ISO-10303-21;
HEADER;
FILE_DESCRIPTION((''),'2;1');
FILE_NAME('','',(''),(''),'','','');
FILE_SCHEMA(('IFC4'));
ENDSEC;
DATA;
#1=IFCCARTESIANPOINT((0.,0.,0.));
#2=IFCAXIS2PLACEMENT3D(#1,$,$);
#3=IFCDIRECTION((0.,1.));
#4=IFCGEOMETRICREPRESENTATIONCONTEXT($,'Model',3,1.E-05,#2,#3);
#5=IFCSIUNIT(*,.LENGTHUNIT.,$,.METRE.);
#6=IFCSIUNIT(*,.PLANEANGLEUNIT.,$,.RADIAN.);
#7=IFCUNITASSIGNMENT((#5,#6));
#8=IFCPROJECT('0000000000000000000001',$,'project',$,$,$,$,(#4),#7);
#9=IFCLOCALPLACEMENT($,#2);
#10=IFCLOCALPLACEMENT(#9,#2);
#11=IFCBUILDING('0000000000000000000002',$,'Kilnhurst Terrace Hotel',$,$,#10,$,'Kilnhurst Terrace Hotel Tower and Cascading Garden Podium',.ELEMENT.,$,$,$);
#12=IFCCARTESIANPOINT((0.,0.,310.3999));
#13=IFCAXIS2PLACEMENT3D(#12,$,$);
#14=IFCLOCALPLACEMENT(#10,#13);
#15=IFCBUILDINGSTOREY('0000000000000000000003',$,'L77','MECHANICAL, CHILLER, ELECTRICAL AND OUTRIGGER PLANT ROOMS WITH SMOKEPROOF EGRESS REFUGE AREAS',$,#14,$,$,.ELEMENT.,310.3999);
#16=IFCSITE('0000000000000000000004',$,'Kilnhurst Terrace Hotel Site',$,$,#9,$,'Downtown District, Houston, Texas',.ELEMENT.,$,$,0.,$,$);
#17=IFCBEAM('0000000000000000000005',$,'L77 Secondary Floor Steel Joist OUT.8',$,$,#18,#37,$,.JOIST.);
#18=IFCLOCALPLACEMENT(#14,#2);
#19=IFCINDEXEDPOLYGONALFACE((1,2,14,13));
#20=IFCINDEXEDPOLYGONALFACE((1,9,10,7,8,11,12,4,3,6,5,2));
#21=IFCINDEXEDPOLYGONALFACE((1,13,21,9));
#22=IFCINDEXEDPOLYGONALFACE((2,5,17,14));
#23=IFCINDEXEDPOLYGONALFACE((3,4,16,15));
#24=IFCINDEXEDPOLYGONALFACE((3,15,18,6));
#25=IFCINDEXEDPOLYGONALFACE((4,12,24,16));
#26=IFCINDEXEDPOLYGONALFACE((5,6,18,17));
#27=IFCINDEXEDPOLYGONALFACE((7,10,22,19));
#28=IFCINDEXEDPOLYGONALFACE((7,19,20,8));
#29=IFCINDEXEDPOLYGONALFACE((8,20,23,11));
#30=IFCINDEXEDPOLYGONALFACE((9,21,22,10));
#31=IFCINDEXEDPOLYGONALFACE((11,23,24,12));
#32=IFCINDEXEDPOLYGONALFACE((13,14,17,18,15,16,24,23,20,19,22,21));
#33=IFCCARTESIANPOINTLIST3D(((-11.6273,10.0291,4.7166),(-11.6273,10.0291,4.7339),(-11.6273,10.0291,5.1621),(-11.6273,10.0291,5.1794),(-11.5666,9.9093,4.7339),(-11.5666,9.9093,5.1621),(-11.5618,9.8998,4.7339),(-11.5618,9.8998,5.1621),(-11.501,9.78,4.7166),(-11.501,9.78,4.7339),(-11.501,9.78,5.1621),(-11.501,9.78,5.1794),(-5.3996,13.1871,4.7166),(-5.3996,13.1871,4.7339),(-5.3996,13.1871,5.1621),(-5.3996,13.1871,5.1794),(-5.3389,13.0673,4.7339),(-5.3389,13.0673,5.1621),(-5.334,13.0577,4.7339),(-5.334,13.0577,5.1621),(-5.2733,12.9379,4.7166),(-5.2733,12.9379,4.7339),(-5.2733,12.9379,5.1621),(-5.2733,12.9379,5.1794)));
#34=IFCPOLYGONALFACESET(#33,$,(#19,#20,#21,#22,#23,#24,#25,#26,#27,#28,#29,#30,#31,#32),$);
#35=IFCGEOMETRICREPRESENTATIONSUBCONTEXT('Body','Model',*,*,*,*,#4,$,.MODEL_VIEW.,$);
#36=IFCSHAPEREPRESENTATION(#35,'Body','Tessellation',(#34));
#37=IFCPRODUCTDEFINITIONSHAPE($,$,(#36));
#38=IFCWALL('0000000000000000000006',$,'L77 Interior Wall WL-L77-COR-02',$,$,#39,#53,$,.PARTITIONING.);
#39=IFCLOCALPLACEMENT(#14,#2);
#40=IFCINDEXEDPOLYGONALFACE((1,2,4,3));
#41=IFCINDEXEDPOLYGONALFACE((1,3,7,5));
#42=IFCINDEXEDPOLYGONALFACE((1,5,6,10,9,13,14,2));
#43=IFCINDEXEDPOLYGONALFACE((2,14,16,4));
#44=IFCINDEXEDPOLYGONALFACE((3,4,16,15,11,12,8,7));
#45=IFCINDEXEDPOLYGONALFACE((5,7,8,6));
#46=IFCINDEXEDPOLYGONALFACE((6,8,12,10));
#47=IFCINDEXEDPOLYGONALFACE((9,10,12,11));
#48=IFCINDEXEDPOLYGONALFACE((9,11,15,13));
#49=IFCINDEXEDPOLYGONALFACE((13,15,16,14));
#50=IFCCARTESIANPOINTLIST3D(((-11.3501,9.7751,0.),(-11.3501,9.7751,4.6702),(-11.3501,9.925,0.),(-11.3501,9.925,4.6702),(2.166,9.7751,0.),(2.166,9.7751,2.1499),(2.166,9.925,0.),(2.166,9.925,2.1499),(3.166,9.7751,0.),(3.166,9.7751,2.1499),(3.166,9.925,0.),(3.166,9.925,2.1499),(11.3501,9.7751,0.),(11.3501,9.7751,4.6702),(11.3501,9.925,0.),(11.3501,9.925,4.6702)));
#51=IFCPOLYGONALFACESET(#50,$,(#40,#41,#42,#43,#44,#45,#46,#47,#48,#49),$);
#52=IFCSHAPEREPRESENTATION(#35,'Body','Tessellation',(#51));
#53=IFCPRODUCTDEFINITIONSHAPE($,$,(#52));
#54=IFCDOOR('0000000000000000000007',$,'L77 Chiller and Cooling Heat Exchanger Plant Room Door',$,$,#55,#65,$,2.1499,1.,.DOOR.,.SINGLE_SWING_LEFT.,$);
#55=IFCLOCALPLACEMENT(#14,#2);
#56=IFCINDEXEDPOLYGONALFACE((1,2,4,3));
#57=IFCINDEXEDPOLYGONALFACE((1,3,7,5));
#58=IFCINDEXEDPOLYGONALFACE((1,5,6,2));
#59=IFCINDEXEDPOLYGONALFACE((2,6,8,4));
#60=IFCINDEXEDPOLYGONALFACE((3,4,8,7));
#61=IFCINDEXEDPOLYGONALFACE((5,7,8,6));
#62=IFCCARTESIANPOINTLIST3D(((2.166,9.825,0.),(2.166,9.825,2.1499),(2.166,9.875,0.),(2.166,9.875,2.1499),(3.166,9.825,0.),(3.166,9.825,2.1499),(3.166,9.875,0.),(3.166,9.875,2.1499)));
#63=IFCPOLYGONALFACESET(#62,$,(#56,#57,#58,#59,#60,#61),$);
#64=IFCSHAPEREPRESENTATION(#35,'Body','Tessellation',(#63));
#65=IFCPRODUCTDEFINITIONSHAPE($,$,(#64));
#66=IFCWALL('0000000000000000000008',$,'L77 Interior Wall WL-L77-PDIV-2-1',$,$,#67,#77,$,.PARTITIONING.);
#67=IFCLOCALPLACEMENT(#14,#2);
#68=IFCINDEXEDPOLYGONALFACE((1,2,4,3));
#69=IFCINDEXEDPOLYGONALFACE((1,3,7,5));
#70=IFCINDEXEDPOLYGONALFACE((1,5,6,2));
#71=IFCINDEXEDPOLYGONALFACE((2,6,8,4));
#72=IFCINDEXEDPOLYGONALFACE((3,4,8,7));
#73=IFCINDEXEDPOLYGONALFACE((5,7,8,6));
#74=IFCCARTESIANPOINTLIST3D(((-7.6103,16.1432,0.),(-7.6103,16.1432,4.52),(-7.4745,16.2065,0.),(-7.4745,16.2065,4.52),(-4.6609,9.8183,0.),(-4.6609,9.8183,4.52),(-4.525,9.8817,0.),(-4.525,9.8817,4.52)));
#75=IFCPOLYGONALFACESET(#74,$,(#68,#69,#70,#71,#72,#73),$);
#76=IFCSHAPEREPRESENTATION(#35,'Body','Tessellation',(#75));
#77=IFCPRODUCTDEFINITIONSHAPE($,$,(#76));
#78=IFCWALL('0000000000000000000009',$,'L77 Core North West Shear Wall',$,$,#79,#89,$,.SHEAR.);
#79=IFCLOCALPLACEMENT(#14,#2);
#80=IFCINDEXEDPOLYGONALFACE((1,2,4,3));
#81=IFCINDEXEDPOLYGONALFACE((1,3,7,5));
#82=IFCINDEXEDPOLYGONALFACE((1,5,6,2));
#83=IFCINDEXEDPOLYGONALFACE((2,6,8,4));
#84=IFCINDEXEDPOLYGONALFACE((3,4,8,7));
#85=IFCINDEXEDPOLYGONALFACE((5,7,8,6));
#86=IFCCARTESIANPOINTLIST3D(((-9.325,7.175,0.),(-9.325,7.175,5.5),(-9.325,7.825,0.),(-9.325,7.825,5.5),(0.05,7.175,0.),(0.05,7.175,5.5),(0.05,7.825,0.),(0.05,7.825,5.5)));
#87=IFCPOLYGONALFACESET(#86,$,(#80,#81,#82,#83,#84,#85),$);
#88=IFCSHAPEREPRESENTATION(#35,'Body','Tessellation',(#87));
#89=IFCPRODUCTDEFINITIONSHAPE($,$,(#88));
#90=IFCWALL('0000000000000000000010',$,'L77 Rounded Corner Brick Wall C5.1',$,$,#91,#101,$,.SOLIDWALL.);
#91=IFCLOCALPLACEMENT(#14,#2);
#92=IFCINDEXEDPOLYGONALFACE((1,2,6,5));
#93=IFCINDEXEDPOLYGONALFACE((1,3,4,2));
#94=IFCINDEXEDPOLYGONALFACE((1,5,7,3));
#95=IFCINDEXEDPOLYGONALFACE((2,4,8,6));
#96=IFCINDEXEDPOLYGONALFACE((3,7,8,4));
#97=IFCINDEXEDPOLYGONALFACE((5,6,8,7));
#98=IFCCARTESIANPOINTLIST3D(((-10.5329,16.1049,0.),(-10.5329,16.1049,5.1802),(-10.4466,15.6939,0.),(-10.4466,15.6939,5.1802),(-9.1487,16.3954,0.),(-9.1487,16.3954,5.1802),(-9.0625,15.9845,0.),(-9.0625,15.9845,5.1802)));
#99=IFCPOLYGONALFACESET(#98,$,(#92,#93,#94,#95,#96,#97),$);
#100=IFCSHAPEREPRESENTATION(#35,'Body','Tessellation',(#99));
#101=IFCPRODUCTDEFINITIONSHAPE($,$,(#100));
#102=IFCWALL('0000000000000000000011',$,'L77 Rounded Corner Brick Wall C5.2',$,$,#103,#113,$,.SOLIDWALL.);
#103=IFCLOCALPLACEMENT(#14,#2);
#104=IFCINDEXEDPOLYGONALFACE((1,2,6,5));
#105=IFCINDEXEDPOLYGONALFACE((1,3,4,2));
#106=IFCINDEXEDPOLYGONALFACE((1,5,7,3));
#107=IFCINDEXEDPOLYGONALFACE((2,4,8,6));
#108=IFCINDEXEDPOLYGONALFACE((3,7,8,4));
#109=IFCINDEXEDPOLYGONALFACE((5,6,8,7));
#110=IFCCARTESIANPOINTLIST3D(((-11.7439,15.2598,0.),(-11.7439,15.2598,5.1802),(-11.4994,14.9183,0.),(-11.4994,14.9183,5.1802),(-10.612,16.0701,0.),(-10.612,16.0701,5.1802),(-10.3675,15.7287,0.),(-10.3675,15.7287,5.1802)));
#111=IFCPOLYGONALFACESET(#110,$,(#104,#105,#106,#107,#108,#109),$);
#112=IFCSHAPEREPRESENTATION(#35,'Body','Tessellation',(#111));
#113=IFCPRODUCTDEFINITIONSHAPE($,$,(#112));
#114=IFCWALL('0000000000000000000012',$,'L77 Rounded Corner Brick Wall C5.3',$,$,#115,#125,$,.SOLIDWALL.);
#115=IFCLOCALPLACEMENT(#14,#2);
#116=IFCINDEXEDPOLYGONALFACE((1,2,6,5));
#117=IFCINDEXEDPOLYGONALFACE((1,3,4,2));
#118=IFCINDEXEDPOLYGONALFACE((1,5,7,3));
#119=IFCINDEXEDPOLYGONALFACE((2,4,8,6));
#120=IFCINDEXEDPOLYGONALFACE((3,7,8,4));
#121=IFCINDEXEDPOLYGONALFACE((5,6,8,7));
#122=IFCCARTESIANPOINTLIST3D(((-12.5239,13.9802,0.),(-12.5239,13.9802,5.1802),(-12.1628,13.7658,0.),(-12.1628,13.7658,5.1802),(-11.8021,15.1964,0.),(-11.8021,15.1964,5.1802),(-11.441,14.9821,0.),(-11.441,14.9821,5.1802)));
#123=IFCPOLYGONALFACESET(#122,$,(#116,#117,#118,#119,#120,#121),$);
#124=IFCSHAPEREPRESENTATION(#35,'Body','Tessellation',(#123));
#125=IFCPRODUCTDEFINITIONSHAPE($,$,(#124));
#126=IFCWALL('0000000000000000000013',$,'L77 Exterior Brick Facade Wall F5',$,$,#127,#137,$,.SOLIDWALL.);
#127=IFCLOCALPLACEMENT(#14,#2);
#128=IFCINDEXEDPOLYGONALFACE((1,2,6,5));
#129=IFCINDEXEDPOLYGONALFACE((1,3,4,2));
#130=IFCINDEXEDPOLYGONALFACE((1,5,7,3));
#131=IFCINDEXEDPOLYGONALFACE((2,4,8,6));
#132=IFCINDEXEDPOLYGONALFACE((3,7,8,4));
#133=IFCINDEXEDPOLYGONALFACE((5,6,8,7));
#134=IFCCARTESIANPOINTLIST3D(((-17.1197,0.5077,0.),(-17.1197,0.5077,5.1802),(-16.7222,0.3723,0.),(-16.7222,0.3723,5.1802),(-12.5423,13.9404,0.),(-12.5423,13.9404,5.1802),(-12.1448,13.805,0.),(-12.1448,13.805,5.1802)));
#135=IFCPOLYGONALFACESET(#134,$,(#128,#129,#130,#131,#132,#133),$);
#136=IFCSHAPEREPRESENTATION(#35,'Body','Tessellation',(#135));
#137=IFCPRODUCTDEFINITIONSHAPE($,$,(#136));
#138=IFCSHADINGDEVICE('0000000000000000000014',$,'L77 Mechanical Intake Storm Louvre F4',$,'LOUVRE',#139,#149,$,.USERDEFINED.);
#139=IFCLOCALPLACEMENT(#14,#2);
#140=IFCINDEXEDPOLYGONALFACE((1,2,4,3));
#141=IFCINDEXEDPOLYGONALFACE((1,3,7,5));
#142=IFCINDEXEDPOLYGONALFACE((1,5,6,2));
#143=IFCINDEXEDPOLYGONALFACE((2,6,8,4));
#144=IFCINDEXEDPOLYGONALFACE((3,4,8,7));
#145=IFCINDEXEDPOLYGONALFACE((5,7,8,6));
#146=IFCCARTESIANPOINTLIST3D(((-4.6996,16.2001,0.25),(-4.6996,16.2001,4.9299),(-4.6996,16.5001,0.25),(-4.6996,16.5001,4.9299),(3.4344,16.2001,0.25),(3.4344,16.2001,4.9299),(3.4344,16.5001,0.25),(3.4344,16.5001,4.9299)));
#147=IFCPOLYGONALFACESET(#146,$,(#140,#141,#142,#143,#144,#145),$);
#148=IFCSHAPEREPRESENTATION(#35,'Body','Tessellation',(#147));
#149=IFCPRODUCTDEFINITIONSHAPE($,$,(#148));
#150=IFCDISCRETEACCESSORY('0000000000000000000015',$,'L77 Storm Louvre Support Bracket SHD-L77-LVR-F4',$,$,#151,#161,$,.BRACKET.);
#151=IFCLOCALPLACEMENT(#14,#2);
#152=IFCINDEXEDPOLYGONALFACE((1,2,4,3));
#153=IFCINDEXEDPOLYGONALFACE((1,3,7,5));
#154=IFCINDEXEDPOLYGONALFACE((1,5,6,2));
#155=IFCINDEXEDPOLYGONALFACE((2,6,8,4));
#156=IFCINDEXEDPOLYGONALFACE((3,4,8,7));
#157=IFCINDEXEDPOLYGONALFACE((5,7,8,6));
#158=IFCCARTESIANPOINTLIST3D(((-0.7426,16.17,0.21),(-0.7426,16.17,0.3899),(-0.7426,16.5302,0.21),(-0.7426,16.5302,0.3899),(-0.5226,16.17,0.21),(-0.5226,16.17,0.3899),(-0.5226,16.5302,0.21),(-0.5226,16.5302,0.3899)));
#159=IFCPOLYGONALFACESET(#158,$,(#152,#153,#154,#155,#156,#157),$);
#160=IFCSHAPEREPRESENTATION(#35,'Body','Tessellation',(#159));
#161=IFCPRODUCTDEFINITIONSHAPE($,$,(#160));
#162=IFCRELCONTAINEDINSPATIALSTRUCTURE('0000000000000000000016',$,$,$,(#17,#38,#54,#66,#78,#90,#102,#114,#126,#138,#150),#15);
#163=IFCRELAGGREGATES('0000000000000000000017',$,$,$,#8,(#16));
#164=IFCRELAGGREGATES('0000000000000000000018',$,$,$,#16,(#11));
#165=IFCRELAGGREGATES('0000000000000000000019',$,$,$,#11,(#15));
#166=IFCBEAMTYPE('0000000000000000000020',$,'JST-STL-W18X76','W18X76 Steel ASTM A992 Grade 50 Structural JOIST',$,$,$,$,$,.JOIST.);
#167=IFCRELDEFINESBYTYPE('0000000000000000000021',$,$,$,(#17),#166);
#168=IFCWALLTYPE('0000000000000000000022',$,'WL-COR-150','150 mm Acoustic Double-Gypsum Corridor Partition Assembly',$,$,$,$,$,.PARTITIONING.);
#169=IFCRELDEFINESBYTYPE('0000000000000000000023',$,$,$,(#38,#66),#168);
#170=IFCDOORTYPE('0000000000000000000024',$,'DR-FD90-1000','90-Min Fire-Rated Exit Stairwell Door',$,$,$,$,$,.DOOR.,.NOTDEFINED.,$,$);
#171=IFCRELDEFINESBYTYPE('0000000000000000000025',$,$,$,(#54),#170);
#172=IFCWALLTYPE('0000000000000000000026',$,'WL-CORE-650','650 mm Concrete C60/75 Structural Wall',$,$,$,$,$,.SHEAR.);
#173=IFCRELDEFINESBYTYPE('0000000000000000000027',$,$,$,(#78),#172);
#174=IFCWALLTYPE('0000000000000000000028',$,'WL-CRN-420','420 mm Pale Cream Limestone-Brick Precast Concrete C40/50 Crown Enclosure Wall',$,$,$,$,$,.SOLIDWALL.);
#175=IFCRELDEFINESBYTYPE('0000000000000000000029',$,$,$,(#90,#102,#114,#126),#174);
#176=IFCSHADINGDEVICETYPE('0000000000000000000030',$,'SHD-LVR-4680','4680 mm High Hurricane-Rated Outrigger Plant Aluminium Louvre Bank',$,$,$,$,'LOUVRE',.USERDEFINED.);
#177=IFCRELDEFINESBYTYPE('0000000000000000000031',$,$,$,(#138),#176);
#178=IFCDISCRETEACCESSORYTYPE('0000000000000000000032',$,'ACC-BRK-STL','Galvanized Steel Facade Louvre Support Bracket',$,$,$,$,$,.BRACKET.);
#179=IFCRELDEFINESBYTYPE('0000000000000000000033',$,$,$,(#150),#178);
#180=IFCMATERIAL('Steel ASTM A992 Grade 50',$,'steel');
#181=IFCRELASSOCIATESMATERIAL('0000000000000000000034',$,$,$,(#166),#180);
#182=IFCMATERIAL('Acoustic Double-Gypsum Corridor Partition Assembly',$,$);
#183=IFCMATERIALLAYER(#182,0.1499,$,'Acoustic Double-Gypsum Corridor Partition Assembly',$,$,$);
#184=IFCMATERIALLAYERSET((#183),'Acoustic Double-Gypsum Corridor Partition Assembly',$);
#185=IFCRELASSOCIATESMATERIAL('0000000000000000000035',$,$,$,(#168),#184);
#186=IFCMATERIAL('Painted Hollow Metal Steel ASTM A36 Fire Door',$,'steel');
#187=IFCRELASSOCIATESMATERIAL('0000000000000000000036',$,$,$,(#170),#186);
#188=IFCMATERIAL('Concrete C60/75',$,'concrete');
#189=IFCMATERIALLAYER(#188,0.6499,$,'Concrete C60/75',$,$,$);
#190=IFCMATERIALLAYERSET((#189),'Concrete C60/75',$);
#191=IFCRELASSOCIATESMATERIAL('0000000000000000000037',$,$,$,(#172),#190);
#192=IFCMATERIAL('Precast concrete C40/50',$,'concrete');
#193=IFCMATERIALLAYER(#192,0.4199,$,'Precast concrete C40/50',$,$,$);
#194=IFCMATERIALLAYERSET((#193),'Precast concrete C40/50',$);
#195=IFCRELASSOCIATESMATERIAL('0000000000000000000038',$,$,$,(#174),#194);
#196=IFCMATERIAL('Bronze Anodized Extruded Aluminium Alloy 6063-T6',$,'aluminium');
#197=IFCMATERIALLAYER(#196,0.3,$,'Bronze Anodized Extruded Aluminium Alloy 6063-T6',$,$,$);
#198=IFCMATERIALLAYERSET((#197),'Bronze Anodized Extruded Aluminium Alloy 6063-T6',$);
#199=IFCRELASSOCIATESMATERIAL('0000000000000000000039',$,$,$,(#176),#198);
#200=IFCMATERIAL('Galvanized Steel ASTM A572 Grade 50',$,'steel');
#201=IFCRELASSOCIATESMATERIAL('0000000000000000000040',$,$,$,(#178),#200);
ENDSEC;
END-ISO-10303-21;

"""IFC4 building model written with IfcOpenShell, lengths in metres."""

from ifc_helpers import new_model, si_unit, direction, frame, frame_2d, origin, origin_2d, place, context, subcontext, project, spatial, rectangle, i_section, extrude, material, layer, layer_set, material_profile, profile_set, type_object, element, fill, save


model = new_model("IFC4")

# Units and contexts
model_context = context("Model", 3, precision=1e-05, world=origin(), true_north=direction((0.0, 1.0)))
body_context = subcontext(model_context, "Body", "Model", "MODEL_VIEW")
ifc_project = project(units=[si_unit("LENGTHUNIT", "METRE"), si_unit("PLANEANGLEUNIT", "RADIAN")], contexts=[model_context])

# Site, building, storey
site_placement = place(None, origin())
site = spatial("IfcSite", under=ifc_project, at=site_placement, Name="Kilnhurst Terrace Hotel Site", LongName="Downtown District, Houston, Texas", CompositionType="ELEMENT", RefElevation=0.0)
building_placement = place(site_placement, origin())
building = spatial("IfcBuilding", under=site, at=building_placement, Name="Kilnhurst Terrace Hotel", LongName="Kilnhurst Terrace Hotel Tower and Cascading Garden Podium", CompositionType="ELEMENT")
storey_placement = place(building_placement, frame((0.0, 0.0, 310.3999)))
storey = spatial("IfcBuildingStorey", under=building, at=storey_placement, Name="L77", Description="MECHANICAL, CHILLER, ELECTRICAL AND OUTRIGGER PLANT ROOMS WITH SMOKEPROOF EGRESS REFUGE AREAS", CompositionType="ELEMENT", Elevation=310.3999)

# Shared definitions
ifc_material_1 = material(Name="Concrete C60/75", Category="concrete")

# Beam
ifc_material_2 = material(Name="Steel ASTM A992 Grade 50", Category="steel")
ifc_material_profile_1 = material_profile(ifc_material_2, i_section(OverallWidth=0.2793, OverallDepth=0.4629, WebThickness=0.0107, FlangeThickness=0.0173, at=origin_2d()), Name="W18X76")
ifc_profile_set_1 = profile_set([ifc_material_profile_1], Name="Steel ASTM A992 Grade 50")
beam_type_1 = type_object("IfcBeamType", Name="JST-STL-W18X76", Description="W18X76 Steel ASTM A992 Grade 50 Structural JOIST", PredefinedType="JOIST", material=ifc_profile_set_1)
beam_1_placement = place(storey_placement, frame((-5.3364, 13.0625, 4.948), z_axis=(-0.891889, -0.452255, 0.0), x_axis=(0.452255, -0.891889, 0.0)))
element("IfcBeam", 1, at=beam_1_placement, inside=storey, type_object=beam_type_1, Name="L77 Secondary Floor Steel Joist OUT.8", PredefinedType="JOIST", context=body_context, shape_type="SweptSolid", body=[
    extrude(i_section(OverallWidth=0.2793, OverallDepth=0.4629, WebThickness=0.0107, FlangeThickness=0.0173, at=origin_2d()), origin(), (0.0, 0.0, 1.0), 6.9827),
])

# Wall, opening, door
ifc_material_3 = material(Name="Acoustic Double-Gypsum Corridor Partition Assembly")
ifc_layer_1 = layer(ifc_material_3, 0.1499, Name="Acoustic Double-Gypsum Corridor Partition Assembly")
ifc_layer_set_1 = layer_set([ifc_layer_1], Name="Acoustic Double-Gypsum Corridor Partition Assembly")
wall_type_1 = type_object("IfcWallType", Name="WL-COR-150", Description="150 mm Acoustic Double-Gypsum Corridor Partition Assembly", PredefinedType="PARTITIONING", material=ifc_layer_set_1)
wall_1_placement = place(storey_placement, frame((-11.3501, 9.8501, 0.0), z_axis=(0.0, 0.0, 1.0), x_axis=(1.0, 0.0, 0.0)))
wall_1 = element("IfcWall", 2, at=wall_1_placement, inside=storey, type_object=wall_type_1, Name="L77 Interior Wall WL-L77-COR-02", PredefinedType="PARTITIONING", context=body_context, shape_type="SweptSolid", body=[
    extrude(rectangle(XDim=22.7002, YDim=0.1499, at=frame_2d((11.3501, 0.0))), origin(), (0.0, 0.0, 1.0), 4.6702),
])
opening_placement = place(wall_1_placement, frame((13.5161, 0.0, 0.0)))
opening = element("IfcOpeningElement", 3, at=opening_placement, cuts=wall_1, PredefinedType="OPENING", context=body_context, shape_type="SweptSolid", body=[
    extrude(rectangle(XDim=1.0, YDim=2.1499, at=frame_2d((0.5, 1.075))), frame((0.0, 0.085, 0.0), z_axis=(0.0, -1.0, 0.0), x_axis=(1.0, 0.0, 0.0)), (0.0, 0.0, 1.0), 0.1699),
])
ifc_material_4 = material(Name="Painted Hollow Metal Steel ASTM A36 Fire Door", Category="steel")
door_type = type_object("IfcDoorType", Name="DR-FD90-1000", Description="90-Min Fire-Rated Exit Stairwell Door", OperationType="NOTDEFINED", PredefinedType="DOOR", material=ifc_material_4)
door_placement = place(opening_placement, origin())
door = element("IfcDoor", 4, at=door_placement, inside=storey, type_object=door_type, Name="L77 Chiller and Cooling Heat Exchanger Plant Room Door", OperationType="SINGLE_SWING_LEFT", OverallHeight=2.1499, OverallWidth=1.0, PredefinedType="DOOR", context=body_context, shape_type="SweptSolid", body=[
    extrude(rectangle(XDim=1.0, YDim=2.1499, at=frame_2d((0.5, 1.075))), frame((0.0, 0.0249, 0.0), z_axis=(0.0, -1.0, 0.0), x_axis=(1.0, 0.0, 0.0)), (0.0, 0.0, 1.0), 0.05),
])
fill(opening, door)

# Walls
wall_2_placement = place(storey_placement, frame((-4.593, 9.8501, 0.0), z_axis=(0.0, 0.0, 1.0), x_axis=(-0.422629, 0.906303, 0.0)))
element("IfcWall", 5, at=wall_2_placement, inside=storey, type_object=wall_type_1, Name="L77 Interior Wall WL-L77-PDIV-2-1", PredefinedType="PARTITIONING", context=body_context, shape_type="SweptSolid", body=[
    extrude(rectangle(XDim=6.9788, YDim=0.1499, at=frame_2d((3.4893, 0.0))), origin(), (0.0, 0.0, 1.0), 4.52),
])
ifc_layer_2 = layer(ifc_material_1, 0.6499, Name="Concrete C60/75")
ifc_layer_set_2 = layer_set([ifc_layer_2], Name="Concrete C60/75")
wall_type_2 = type_object("IfcWallType", Name="WL-CORE-650", Description="650 mm Concrete C60/75 Structural Wall", PredefinedType="SHEAR", material=ifc_layer_set_2)
wall_3_placement = place(storey_placement, frame((-9.325, 7.5, 0.0), z_axis=(0.0, 0.0, 1.0), x_axis=(1.0, 0.0, 0.0)))
element("IfcWall", 6, at=wall_3_placement, inside=storey, type_object=wall_type_2, Name="L77 Core North West Shear Wall", PredefinedType="SHEAR", context=body_context, shape_type="SweptSolid", body=[
    extrude(rectangle(XDim=9.375, YDim=0.6499, at=frame_2d((4.6875, 0.0))), origin(), (0.0, 0.0, 1.0), 5.5),
])
ifc_material_5 = material(Name="Precast concrete C40/50", Category="concrete")
ifc_layer_3 = layer(ifc_material_5, 0.4199, Name="Precast concrete C40/50")
ifc_layer_set_3 = layer_set([ifc_layer_3], Name="Precast concrete C40/50")
wall_type_3 = type_object("IfcWallType", Name="WL-CRN-420", Description="420 mm Pale Cream Limestone-Brick Precast Concrete C40/50 Crown Enclosure Wall", PredefinedType="SOLIDWALL", material=ifc_layer_set_3)
wall_4_placement = place(storey_placement, frame((-9.1057, 16.1899, 0.0), z_axis=(0.0, 0.0, 1.0), x_axis=(-0.978671, -0.205436, 0.0)))
element("IfcWall", 7, at=wall_4_placement, inside=storey, type_object=wall_type_3, Name="L77 Rounded Corner Brick Wall C5.1", PredefinedType="SOLIDWALL", context=body_context, shape_type="SweptSolid", body=[
    extrude(rectangle(XDim=1.4143, YDim=0.4199, at=frame_2d((0.707, 0.0))), origin(), (0.0, 0.0, 1.0), 5.1802),
])
wall_5_placement = place(storey_placement, frame((-10.4897, 15.8994, 0.0), z_axis=(0.0, 0.0, 1.0), x_axis=(-0.813105, -0.582117, 0.0)))
element("IfcWall", 8, at=wall_5_placement, inside=storey, type_object=wall_type_3, Name="L77 Rounded Corner Brick Wall C5.2", PredefinedType="SOLIDWALL", context=body_context, shape_type="SweptSolid", body=[
    extrude(rectangle(XDim=1.3921, YDim=0.4199, at=frame_2d((0.696, 0.0))), origin(), (0.0, 0.0, 1.0), 5.1802),
])
wall_6_placement = place(storey_placement, frame((-11.6216, 15.0891, 0.0), z_axis=(0.0, 0.0, 1.0), x_axis=(-0.510403, -0.859935, 0.0)))
element("IfcWall", 9, at=wall_6_placement, inside=storey, type_object=wall_type_3, Name="L77 Rounded Corner Brick Wall C5.3", PredefinedType="SOLIDWALL", context=body_context, shape_type="SweptSolid", body=[
    extrude(rectangle(XDim=1.4143, YDim=0.4199, at=frame_2d((0.707, 0.0))), origin(), (0.0, 0.0, 1.0), 5.1802),
])
wall_7_placement = place(storey_placement, frame((-12.3435, 13.8728, 0.0), z_axis=(0.0, 0.0, 1.0), x_axis=(-0.322553, -0.946551, 0.0)))
element("IfcWall", 10, at=wall_7_placement, inside=storey, type_object=wall_type_3, Name="L77 Exterior Brick Facade Wall F5", PredefinedType="SOLIDWALL", context=body_context, shape_type="SweptSolid", body=[
    extrude(rectangle(XDim=14.1912, YDim=0.4199, at=frame_2d((7.0957, 0.0))), origin(), (0.0, 0.0, 1.0), 5.1802),
])

# Shading device
ifc_material_6 = material(Name="Bronze Anodized Extruded Aluminium Alloy 6063-T6", Category="aluminium")
ifc_layer_4 = layer(ifc_material_6, 0.3, Name="Bronze Anodized Extruded Aluminium Alloy 6063-T6")
ifc_layer_set_4 = layer_set([ifc_layer_4], Name="Bronze Anodized Extruded Aluminium Alloy 6063-T6")
shading_device_type = type_object("IfcShadingDeviceType", Name="SHD-LVR-4680", Description="4680 mm High Hurricane-Rated Outrigger Plant Aluminium Louvre Bank", ElementType="LOUVRE", PredefinedType="USERDEFINED", material=ifc_layer_set_4)
shading_device_placement = place(storey_placement, frame((-0.6326, 16.3501, 0.25), z_axis=(0.0, 0.0, 1.0), x_axis=(-1.0, 0.0, 0.0)))
element("IfcShadingDevice", 11, at=shading_device_placement, inside=storey, type_object=shading_device_type, Name="L77 Mechanical Intake Storm Louvre F4", ObjectType="LOUVRE", PredefinedType="USERDEFINED", context=body_context, shape_type="SweptSolid", body=[
    extrude(rectangle(XDim=8.134, YDim=0.3, at=origin_2d()), origin(), (0.0, 0.0, 1.0), 4.6799),
])

# Discrete accessory
ifc_material_7 = material(Name="Galvanized Steel ASTM A572 Grade 50", Category="steel")
discrete_accessory_type = type_object("IfcDiscreteAccessoryType", Name="ACC-BRK-STL", Description="Galvanized Steel Facade Louvre Support Bracket", PredefinedType="BRACKET", material=ifc_material_7)
discrete_accessory_placement = place(storey_placement, frame((-0.6326, 16.3501, 0.21), z_axis=(0.0, 0.0, 1.0), x_axis=(-1.0, 0.0, 0.0)))
element("IfcDiscreteAccessory", 12, at=discrete_accessory_placement, inside=storey, type_object=discrete_accessory_type, Name="L77 Storm Louvre Support Bracket SHD-L77-LVR-F4", PredefinedType="BRACKET", context=body_context, shape_type="SweptSolid", body=[
    extrude(rectangle(XDim=0.22, YDim=0.3601, at=origin_2d()), origin(), (0.0, 0.0, 1.0), 0.1799),
])

save(model, "model.ifc")
